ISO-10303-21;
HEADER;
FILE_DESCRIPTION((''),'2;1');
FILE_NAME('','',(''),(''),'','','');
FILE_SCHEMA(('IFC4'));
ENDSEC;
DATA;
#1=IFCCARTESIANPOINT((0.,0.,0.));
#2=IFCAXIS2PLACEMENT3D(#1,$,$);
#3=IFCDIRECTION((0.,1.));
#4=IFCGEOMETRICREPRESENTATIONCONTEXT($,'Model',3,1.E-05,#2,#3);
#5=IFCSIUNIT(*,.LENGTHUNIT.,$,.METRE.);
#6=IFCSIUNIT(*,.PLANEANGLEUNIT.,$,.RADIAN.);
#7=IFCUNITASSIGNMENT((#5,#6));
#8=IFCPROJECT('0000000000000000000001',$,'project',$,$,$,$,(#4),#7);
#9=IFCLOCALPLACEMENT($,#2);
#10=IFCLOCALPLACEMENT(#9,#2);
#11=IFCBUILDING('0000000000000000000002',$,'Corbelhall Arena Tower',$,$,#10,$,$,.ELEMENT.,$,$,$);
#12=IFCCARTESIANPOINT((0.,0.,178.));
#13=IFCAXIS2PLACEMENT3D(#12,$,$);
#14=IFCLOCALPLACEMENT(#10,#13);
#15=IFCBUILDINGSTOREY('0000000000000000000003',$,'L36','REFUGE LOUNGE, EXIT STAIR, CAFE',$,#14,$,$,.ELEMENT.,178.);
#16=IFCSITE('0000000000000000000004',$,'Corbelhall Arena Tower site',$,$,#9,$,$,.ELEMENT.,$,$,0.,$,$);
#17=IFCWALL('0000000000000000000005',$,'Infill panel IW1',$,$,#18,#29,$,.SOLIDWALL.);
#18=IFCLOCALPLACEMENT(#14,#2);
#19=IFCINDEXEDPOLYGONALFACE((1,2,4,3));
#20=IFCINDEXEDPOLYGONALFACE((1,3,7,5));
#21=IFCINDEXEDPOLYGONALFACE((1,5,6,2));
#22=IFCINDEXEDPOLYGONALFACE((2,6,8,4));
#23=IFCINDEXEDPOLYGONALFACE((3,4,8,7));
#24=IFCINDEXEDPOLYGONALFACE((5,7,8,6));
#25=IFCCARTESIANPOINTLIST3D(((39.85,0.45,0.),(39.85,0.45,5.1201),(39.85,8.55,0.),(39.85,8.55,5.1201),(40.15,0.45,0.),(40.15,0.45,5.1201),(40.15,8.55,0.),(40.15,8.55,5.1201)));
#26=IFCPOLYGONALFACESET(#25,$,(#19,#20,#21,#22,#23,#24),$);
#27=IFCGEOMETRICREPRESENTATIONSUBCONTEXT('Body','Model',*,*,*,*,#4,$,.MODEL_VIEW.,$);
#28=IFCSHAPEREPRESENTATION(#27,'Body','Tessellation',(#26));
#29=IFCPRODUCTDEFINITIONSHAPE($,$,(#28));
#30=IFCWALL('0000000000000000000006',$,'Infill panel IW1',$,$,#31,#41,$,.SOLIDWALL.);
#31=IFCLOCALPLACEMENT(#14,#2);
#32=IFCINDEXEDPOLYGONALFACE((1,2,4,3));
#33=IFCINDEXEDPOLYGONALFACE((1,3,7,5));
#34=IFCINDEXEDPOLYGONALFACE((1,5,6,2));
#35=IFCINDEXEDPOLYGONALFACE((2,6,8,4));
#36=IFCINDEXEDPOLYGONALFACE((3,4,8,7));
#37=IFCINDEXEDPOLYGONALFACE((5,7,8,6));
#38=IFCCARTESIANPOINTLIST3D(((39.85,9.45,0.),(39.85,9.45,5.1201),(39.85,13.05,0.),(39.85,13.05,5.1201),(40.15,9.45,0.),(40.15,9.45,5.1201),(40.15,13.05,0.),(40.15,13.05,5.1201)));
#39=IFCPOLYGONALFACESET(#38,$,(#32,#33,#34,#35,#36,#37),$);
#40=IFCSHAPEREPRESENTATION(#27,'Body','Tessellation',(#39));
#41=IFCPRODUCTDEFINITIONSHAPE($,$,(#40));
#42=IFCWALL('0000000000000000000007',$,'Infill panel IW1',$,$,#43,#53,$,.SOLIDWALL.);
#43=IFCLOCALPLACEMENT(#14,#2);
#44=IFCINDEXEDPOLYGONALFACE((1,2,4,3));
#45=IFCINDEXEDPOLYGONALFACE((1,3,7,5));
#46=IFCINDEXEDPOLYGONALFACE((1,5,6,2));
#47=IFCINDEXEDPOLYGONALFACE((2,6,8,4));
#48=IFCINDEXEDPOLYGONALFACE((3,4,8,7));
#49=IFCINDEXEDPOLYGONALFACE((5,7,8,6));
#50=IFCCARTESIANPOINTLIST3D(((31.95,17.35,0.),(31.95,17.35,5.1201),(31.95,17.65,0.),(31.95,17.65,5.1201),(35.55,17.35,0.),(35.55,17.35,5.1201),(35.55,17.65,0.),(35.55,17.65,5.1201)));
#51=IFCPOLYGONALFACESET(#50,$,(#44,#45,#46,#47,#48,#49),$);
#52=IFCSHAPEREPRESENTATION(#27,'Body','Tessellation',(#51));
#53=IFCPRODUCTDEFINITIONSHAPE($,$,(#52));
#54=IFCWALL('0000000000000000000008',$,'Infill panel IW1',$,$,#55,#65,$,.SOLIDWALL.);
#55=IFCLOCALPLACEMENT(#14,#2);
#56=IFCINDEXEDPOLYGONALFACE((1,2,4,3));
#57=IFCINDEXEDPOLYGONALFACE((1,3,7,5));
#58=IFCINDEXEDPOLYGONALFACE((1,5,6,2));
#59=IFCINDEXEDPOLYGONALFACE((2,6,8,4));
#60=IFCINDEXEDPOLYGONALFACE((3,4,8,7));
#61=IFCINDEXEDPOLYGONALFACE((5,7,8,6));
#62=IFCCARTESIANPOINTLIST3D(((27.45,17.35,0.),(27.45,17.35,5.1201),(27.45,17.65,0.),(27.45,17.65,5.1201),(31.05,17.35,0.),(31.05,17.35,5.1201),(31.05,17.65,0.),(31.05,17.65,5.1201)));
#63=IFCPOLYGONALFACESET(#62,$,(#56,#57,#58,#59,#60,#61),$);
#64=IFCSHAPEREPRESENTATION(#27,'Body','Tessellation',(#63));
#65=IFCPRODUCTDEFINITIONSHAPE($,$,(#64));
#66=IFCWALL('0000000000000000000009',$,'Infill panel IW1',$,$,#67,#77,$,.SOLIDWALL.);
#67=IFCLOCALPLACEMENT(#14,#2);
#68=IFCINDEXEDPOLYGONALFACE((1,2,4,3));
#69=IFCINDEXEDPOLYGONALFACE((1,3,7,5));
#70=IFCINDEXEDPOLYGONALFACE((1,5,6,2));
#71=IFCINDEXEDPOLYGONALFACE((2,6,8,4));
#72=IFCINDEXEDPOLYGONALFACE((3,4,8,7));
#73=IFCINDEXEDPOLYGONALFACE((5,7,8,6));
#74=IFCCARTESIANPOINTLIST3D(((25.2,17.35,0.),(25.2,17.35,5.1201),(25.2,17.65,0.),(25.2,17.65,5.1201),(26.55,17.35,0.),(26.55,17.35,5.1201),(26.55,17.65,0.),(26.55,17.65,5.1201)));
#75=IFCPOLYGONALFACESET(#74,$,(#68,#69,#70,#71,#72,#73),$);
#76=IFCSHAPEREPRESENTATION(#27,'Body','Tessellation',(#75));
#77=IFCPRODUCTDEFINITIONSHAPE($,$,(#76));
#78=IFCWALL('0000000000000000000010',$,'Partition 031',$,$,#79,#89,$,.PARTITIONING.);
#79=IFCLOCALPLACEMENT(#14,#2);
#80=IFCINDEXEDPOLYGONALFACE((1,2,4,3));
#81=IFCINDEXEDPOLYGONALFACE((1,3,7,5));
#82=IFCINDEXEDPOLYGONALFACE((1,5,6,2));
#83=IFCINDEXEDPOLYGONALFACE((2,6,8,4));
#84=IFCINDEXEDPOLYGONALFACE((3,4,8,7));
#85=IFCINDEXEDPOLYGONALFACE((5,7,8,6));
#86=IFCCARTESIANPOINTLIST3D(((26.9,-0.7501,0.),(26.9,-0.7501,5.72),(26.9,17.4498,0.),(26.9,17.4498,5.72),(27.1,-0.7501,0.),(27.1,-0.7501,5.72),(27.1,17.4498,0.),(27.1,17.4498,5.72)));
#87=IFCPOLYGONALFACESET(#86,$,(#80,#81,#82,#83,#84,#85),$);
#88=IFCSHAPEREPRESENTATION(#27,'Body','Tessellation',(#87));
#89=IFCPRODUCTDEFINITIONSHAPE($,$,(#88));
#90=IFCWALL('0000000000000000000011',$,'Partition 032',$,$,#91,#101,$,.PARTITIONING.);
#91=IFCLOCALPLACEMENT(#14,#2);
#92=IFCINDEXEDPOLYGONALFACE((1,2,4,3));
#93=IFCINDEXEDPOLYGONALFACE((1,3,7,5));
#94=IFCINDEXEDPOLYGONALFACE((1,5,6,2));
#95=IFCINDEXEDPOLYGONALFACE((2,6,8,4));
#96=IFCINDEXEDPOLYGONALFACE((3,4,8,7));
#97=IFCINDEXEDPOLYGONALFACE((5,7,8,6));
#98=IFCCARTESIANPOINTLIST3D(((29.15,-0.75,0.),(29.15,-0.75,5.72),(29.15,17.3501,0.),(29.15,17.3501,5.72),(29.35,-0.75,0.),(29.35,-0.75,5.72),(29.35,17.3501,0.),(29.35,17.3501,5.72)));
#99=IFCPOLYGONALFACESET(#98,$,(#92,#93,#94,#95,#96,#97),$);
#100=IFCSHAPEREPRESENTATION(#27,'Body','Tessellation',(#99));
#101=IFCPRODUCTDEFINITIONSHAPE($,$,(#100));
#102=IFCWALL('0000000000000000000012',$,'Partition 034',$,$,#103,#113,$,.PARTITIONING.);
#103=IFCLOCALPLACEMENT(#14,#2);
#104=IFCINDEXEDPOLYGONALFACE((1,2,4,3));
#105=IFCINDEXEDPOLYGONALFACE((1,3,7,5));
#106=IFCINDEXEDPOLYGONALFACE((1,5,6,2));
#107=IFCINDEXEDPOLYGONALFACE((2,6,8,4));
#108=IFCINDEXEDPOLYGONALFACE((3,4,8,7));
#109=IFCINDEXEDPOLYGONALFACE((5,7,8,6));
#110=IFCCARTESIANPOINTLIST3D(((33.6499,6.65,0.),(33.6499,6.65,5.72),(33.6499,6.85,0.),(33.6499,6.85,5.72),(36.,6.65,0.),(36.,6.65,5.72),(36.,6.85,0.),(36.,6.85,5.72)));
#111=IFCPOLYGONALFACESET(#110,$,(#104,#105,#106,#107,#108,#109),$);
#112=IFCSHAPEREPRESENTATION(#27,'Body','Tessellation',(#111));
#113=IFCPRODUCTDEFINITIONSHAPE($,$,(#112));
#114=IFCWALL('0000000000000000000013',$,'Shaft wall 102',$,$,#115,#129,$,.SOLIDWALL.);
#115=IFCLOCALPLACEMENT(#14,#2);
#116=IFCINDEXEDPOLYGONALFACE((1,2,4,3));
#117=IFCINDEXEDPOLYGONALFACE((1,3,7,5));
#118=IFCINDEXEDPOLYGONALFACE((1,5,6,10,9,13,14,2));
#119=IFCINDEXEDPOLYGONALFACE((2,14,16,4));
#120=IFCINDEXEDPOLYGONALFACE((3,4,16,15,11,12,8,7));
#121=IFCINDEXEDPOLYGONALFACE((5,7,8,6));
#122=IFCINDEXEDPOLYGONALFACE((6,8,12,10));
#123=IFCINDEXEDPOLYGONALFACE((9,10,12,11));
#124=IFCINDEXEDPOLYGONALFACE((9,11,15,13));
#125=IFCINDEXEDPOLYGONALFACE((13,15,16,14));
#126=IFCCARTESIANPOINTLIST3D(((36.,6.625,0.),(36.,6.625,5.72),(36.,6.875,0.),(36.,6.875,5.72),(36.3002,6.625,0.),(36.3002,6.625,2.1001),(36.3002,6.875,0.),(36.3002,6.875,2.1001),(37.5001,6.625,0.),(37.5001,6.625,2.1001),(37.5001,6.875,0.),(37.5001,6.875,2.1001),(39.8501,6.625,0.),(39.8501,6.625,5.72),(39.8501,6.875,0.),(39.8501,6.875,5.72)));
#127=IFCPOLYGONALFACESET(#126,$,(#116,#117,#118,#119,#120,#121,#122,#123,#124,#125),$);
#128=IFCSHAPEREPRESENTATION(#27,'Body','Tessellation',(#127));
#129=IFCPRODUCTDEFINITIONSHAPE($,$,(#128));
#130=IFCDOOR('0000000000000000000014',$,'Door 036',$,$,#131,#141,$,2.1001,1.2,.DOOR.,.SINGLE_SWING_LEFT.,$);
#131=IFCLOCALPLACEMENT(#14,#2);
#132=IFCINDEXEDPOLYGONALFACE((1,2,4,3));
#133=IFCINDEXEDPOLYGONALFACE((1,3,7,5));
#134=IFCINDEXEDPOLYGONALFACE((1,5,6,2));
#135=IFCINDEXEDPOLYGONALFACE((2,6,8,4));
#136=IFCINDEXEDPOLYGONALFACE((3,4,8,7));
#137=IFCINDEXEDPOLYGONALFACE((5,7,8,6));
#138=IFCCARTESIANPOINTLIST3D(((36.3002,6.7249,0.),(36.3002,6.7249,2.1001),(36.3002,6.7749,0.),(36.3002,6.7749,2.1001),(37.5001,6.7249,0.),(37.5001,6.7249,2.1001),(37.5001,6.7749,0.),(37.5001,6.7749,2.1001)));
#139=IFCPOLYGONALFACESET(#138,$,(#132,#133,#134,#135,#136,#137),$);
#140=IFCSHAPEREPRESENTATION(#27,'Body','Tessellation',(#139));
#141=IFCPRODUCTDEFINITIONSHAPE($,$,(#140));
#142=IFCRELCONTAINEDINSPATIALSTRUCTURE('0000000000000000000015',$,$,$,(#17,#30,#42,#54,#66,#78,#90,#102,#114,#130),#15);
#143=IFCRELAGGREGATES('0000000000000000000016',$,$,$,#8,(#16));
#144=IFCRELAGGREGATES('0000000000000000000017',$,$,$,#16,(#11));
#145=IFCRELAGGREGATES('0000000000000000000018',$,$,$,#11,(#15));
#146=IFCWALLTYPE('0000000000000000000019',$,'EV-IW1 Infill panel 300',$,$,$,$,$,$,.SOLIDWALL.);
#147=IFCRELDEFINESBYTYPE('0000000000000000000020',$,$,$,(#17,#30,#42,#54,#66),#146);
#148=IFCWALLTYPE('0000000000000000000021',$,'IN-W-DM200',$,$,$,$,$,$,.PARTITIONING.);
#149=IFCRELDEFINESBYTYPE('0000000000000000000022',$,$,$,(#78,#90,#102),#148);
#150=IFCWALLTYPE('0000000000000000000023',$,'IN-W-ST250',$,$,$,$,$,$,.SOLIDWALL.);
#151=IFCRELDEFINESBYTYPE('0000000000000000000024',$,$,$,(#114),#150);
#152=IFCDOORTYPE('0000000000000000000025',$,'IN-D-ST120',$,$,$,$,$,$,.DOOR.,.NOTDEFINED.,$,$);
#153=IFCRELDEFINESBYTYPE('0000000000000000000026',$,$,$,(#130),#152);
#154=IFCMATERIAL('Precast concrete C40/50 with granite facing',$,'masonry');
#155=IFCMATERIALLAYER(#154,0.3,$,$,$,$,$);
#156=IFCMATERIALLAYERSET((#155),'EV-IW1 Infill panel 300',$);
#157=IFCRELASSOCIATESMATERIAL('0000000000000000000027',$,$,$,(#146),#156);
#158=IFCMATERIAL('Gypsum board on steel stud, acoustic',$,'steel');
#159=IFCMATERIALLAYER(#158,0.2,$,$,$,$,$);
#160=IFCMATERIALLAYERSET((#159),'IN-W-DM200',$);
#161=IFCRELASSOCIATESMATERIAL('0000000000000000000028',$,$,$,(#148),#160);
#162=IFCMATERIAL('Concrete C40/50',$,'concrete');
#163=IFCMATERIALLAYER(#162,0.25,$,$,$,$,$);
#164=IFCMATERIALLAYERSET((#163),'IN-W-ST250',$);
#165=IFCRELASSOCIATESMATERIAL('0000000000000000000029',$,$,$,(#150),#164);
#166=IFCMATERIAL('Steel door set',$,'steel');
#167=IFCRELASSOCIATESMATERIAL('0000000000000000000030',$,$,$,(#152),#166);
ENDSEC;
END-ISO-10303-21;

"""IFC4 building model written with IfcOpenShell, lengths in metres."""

from ifc_helpers import new_model, si_unit, direction, frame, frame_2d, origin, place, context, subcontext, project, spatial, rectangle, extrude, material, layer, layer_set, type_object, element, fill, save


model = new_model("IFC4")

# Units and contexts
model_context = context("Model", 3, precision=1e-05, world=origin(), true_north=direction((0.0, 1.0)))
body_context = subcontext(model_context, "Body", "Model", "MODEL_VIEW")
ifc_project = project(units=[si_unit("LENGTHUNIT", "METRE"), si_unit("PLANEANGLEUNIT", "RADIAN")], contexts=[model_context])

# Site, building, storey
site_placement = place(None, origin())
site = spatial("IfcSite", under=ifc_project, at=site_placement, Name="Corbelhall Arena Tower site", CompositionType="ELEMENT", RefElevation=0.0)
building_placement = place(site_placement, origin())
building = spatial("IfcBuilding", under=site, at=building_placement, Name="Corbelhall Arena Tower", CompositionType="ELEMENT")
storey_placement = place(building_placement, frame((0.0, 0.0, 178.0)))
storey = spatial("IfcBuildingStorey", under=building, at=storey_placement, Name="L36", Description="REFUGE LOUNGE, EXIT STAIR, CAFE", CompositionType="ELEMENT", Elevation=178.0)

# Walls
ifc_material_1 = material(Name="Precast concrete C40/50 with granite facing", Category="masonry")
ifc_layer_1 = layer(ifc_material_1, 0.3)
ifc_layer_set_1 = layer_set([ifc_layer_1], Name="EV-IW1 Infill panel 300")
wall_type_1 = type_object("IfcWallType", Name="EV-IW1 Infill panel 300", PredefinedType="SOLIDWALL", material=ifc_layer_set_1)
wall_1_placement = place(storey_placement, frame((40.0, 0.45, 0.0), z_axis=(0.0, 0.0, 1.0), x_axis=(0.0, 1.0, 0.0)))
element("IfcWall", 1, at=wall_1_placement, inside=storey, type_object=wall_type_1, Name="Infill panel IW1", PredefinedType="SOLIDWALL", context=body_context, shape_type="SweptSolid", body=[
    extrude(rectangle(XDim=8.1001, YDim=0.3, at=frame_2d((4.05, 0.0))), origin(), (0.0, 0.0, 1.0), 5.1201),
])
for number, where, z_axis, x_axis, name in (
    (2, (40.0, 9.45, 0.0), (0.0, 0.0, 1.0), (0.0, 1.0, 0.0), "Infill panel IW1"),
    (3, (35.55, 17.5, 0.0), (0.0, 0.0, 1.0), (-1.0, 0.0, 0.0), "Infill panel IW1"),
    (4, (31.05, 17.5, 0.0), (0.0, 0.0, 1.0), (-1.0, 0.0, 0.0), "Infill panel IW1"),
):
    element("IfcWall", number, at=place(storey_placement, frame(where, z_axis=z_axis, x_axis=x_axis)), inside=storey, type_object=wall_type_1, Name=name, PredefinedType="SOLIDWALL", context=body_context, shape_type="SweptSolid", body=[
        extrude(rectangle(XDim=3.6001, YDim=0.3, at=frame_2d((1.8, 0.0))), origin(), (0.0, 0.0, 1.0), 5.1201),
    ])
wall_2_placement = place(storey_placement, frame((26.55, 17.5, 0.0), z_axis=(0.0, 0.0, 1.0), x_axis=(-1.0, 0.0, 0.0)))
element("IfcWall", 5, at=wall_2_placement, inside=storey, type_object=wall_type_1, Name="Infill panel IW1", PredefinedType="SOLIDWALL", context=body_context, shape_type="SweptSolid", body=[
    extrude(rectangle(XDim=1.3501, YDim=0.3, at=frame_2d((0.675, 0.0))), origin(), (0.0, 0.0, 1.0), 5.1201),
])
ifc_material_2 = material(Name="Gypsum board on steel stud, acoustic", Category="steel")
ifc_layer_2 = layer(ifc_material_2, 0.2)
ifc_layer_set_2 = layer_set([ifc_layer_2], Name="IN-W-DM200")
wall_type_2 = type_object("IfcWallType", Name="IN-W-DM200", PredefinedType="PARTITIONING", material=ifc_layer_set_2)
wall_3_placement = place(storey_placement, frame((27.0, 17.45, 0.0), z_axis=(0.0, 0.0, 1.0), x_axis=(0.0, -1.0, 0.0)))
element("IfcWall", 6, at=wall_3_placement, inside=storey, type_object=wall_type_2, Name="Partition 031", PredefinedType="PARTITIONING", context=body_context, shape_type="SweptSolid", body=[
    extrude(rectangle(XDim=18.2, YDim=0.2, at=frame_2d((9.1001, 0.0))), origin(), (0.0, 0.0, 1.0), 5.72),
])
wall_4_placement = place(storey_placement, frame((29.25, 17.3501, 0.0), z_axis=(0.0, 0.0, 1.0), x_axis=(0.0, -1.0, 0.0)))
element("IfcWall", 7, at=wall_4_placement, inside=storey, type_object=wall_type_2, Name="Partition 032", PredefinedType="PARTITIONING", context=body_context, shape_type="SweptSolid", body=[
    extrude(rectangle(XDim=18.1001, YDim=0.2, at=frame_2d((9.05, 0.0))), origin(), (0.0, 0.0, 1.0), 5.72),
])
wall_5_placement = place(storey_placement, frame((33.6499, 6.75, 0.0), z_axis=(0.0, 0.0, 1.0), x_axis=(1.0, 0.0, 0.0)))
element("IfcWall", 8, at=wall_5_placement, inside=storey, type_object=wall_type_2, Name="Partition 034", PredefinedType="PARTITIONING", context=body_context, shape_type="SweptSolid", body=[
    extrude(rectangle(XDim=2.3501, YDim=0.2, at=frame_2d((1.175, 0.0))), origin(), (0.0, 0.0, 1.0), 5.72),
])

# Wall, opening, door
ifc_material_3 = material(Name="Concrete C40/50", Category="concrete")
ifc_layer_3 = layer(ifc_material_3, 0.25)
ifc_layer_set_3 = layer_set([ifc_layer_3], Name="IN-W-ST250")
wall_type_3 = type_object("IfcWallType", Name="IN-W-ST250", PredefinedType="SOLIDWALL", material=ifc_layer_set_3)
wall_6_placement = place(storey_placement, frame((36.0, 6.75, 0.0), z_axis=(0.0, 0.0, 1.0), x_axis=(1.0, 0.0, 0.0)))
wall_6 = element("IfcWall", 9, at=wall_6_placement, inside=storey, type_object=wall_type_3, Name="Shaft wall 102", PredefinedType="SOLIDWALL", context=body_context, shape_type="SweptSolid", body=[
    extrude(rectangle(XDim=3.8501, YDim=0.25, at=frame_2d((1.925, 0.0))), origin(), (0.0, 0.0, 1.0), 5.72),
])
opening_placement = place(wall_6_placement, frame((0.3, 0.0, 0.0)))
opening = element("IfcOpeningElement", 10, at=opening_placement, cuts=wall_6, PredefinedType="OPENING", context=body_context, shape_type="SweptSolid", body=[
    extrude(rectangle(XDim=1.2, YDim=2.1001, at=frame_2d((0.6001, 1.05))), frame((0.0, 0.125, 0.0), z_axis=(0.0, -1.0, 0.0), x_axis=(1.0, 0.0, 0.0)), (0.0, 0.0, 1.0), 0.25),
])
ifc_material_4 = material(Name="Steel door set", Category="steel")
door_type = type_object("IfcDoorType", Name="IN-D-ST120", OperationType="NOTDEFINED", PredefinedType="DOOR", material=ifc_material_4)
door_placement = place(opening_placement, origin())
door = element("IfcDoor", 11, at=door_placement, inside=storey, type_object=door_type, Name="Door 036", OperationType="SINGLE_SWING_LEFT", OverallHeight=2.1001, OverallWidth=1.2, PredefinedType="DOOR", context=body_context, shape_type="SweptSolid", body=[
    extrude(rectangle(XDim=1.2, YDim=2.1001, at=frame_2d((0.6001, 1.05))), frame((0.0, 0.0249, 0.0), z_axis=(0.0, -1.0, 0.0), x_axis=(1.0, 0.0, 0.0)), (0.0, 0.0, 1.0), 0.05),
])
fill(opening, door)

save(model, "model.ifc")
